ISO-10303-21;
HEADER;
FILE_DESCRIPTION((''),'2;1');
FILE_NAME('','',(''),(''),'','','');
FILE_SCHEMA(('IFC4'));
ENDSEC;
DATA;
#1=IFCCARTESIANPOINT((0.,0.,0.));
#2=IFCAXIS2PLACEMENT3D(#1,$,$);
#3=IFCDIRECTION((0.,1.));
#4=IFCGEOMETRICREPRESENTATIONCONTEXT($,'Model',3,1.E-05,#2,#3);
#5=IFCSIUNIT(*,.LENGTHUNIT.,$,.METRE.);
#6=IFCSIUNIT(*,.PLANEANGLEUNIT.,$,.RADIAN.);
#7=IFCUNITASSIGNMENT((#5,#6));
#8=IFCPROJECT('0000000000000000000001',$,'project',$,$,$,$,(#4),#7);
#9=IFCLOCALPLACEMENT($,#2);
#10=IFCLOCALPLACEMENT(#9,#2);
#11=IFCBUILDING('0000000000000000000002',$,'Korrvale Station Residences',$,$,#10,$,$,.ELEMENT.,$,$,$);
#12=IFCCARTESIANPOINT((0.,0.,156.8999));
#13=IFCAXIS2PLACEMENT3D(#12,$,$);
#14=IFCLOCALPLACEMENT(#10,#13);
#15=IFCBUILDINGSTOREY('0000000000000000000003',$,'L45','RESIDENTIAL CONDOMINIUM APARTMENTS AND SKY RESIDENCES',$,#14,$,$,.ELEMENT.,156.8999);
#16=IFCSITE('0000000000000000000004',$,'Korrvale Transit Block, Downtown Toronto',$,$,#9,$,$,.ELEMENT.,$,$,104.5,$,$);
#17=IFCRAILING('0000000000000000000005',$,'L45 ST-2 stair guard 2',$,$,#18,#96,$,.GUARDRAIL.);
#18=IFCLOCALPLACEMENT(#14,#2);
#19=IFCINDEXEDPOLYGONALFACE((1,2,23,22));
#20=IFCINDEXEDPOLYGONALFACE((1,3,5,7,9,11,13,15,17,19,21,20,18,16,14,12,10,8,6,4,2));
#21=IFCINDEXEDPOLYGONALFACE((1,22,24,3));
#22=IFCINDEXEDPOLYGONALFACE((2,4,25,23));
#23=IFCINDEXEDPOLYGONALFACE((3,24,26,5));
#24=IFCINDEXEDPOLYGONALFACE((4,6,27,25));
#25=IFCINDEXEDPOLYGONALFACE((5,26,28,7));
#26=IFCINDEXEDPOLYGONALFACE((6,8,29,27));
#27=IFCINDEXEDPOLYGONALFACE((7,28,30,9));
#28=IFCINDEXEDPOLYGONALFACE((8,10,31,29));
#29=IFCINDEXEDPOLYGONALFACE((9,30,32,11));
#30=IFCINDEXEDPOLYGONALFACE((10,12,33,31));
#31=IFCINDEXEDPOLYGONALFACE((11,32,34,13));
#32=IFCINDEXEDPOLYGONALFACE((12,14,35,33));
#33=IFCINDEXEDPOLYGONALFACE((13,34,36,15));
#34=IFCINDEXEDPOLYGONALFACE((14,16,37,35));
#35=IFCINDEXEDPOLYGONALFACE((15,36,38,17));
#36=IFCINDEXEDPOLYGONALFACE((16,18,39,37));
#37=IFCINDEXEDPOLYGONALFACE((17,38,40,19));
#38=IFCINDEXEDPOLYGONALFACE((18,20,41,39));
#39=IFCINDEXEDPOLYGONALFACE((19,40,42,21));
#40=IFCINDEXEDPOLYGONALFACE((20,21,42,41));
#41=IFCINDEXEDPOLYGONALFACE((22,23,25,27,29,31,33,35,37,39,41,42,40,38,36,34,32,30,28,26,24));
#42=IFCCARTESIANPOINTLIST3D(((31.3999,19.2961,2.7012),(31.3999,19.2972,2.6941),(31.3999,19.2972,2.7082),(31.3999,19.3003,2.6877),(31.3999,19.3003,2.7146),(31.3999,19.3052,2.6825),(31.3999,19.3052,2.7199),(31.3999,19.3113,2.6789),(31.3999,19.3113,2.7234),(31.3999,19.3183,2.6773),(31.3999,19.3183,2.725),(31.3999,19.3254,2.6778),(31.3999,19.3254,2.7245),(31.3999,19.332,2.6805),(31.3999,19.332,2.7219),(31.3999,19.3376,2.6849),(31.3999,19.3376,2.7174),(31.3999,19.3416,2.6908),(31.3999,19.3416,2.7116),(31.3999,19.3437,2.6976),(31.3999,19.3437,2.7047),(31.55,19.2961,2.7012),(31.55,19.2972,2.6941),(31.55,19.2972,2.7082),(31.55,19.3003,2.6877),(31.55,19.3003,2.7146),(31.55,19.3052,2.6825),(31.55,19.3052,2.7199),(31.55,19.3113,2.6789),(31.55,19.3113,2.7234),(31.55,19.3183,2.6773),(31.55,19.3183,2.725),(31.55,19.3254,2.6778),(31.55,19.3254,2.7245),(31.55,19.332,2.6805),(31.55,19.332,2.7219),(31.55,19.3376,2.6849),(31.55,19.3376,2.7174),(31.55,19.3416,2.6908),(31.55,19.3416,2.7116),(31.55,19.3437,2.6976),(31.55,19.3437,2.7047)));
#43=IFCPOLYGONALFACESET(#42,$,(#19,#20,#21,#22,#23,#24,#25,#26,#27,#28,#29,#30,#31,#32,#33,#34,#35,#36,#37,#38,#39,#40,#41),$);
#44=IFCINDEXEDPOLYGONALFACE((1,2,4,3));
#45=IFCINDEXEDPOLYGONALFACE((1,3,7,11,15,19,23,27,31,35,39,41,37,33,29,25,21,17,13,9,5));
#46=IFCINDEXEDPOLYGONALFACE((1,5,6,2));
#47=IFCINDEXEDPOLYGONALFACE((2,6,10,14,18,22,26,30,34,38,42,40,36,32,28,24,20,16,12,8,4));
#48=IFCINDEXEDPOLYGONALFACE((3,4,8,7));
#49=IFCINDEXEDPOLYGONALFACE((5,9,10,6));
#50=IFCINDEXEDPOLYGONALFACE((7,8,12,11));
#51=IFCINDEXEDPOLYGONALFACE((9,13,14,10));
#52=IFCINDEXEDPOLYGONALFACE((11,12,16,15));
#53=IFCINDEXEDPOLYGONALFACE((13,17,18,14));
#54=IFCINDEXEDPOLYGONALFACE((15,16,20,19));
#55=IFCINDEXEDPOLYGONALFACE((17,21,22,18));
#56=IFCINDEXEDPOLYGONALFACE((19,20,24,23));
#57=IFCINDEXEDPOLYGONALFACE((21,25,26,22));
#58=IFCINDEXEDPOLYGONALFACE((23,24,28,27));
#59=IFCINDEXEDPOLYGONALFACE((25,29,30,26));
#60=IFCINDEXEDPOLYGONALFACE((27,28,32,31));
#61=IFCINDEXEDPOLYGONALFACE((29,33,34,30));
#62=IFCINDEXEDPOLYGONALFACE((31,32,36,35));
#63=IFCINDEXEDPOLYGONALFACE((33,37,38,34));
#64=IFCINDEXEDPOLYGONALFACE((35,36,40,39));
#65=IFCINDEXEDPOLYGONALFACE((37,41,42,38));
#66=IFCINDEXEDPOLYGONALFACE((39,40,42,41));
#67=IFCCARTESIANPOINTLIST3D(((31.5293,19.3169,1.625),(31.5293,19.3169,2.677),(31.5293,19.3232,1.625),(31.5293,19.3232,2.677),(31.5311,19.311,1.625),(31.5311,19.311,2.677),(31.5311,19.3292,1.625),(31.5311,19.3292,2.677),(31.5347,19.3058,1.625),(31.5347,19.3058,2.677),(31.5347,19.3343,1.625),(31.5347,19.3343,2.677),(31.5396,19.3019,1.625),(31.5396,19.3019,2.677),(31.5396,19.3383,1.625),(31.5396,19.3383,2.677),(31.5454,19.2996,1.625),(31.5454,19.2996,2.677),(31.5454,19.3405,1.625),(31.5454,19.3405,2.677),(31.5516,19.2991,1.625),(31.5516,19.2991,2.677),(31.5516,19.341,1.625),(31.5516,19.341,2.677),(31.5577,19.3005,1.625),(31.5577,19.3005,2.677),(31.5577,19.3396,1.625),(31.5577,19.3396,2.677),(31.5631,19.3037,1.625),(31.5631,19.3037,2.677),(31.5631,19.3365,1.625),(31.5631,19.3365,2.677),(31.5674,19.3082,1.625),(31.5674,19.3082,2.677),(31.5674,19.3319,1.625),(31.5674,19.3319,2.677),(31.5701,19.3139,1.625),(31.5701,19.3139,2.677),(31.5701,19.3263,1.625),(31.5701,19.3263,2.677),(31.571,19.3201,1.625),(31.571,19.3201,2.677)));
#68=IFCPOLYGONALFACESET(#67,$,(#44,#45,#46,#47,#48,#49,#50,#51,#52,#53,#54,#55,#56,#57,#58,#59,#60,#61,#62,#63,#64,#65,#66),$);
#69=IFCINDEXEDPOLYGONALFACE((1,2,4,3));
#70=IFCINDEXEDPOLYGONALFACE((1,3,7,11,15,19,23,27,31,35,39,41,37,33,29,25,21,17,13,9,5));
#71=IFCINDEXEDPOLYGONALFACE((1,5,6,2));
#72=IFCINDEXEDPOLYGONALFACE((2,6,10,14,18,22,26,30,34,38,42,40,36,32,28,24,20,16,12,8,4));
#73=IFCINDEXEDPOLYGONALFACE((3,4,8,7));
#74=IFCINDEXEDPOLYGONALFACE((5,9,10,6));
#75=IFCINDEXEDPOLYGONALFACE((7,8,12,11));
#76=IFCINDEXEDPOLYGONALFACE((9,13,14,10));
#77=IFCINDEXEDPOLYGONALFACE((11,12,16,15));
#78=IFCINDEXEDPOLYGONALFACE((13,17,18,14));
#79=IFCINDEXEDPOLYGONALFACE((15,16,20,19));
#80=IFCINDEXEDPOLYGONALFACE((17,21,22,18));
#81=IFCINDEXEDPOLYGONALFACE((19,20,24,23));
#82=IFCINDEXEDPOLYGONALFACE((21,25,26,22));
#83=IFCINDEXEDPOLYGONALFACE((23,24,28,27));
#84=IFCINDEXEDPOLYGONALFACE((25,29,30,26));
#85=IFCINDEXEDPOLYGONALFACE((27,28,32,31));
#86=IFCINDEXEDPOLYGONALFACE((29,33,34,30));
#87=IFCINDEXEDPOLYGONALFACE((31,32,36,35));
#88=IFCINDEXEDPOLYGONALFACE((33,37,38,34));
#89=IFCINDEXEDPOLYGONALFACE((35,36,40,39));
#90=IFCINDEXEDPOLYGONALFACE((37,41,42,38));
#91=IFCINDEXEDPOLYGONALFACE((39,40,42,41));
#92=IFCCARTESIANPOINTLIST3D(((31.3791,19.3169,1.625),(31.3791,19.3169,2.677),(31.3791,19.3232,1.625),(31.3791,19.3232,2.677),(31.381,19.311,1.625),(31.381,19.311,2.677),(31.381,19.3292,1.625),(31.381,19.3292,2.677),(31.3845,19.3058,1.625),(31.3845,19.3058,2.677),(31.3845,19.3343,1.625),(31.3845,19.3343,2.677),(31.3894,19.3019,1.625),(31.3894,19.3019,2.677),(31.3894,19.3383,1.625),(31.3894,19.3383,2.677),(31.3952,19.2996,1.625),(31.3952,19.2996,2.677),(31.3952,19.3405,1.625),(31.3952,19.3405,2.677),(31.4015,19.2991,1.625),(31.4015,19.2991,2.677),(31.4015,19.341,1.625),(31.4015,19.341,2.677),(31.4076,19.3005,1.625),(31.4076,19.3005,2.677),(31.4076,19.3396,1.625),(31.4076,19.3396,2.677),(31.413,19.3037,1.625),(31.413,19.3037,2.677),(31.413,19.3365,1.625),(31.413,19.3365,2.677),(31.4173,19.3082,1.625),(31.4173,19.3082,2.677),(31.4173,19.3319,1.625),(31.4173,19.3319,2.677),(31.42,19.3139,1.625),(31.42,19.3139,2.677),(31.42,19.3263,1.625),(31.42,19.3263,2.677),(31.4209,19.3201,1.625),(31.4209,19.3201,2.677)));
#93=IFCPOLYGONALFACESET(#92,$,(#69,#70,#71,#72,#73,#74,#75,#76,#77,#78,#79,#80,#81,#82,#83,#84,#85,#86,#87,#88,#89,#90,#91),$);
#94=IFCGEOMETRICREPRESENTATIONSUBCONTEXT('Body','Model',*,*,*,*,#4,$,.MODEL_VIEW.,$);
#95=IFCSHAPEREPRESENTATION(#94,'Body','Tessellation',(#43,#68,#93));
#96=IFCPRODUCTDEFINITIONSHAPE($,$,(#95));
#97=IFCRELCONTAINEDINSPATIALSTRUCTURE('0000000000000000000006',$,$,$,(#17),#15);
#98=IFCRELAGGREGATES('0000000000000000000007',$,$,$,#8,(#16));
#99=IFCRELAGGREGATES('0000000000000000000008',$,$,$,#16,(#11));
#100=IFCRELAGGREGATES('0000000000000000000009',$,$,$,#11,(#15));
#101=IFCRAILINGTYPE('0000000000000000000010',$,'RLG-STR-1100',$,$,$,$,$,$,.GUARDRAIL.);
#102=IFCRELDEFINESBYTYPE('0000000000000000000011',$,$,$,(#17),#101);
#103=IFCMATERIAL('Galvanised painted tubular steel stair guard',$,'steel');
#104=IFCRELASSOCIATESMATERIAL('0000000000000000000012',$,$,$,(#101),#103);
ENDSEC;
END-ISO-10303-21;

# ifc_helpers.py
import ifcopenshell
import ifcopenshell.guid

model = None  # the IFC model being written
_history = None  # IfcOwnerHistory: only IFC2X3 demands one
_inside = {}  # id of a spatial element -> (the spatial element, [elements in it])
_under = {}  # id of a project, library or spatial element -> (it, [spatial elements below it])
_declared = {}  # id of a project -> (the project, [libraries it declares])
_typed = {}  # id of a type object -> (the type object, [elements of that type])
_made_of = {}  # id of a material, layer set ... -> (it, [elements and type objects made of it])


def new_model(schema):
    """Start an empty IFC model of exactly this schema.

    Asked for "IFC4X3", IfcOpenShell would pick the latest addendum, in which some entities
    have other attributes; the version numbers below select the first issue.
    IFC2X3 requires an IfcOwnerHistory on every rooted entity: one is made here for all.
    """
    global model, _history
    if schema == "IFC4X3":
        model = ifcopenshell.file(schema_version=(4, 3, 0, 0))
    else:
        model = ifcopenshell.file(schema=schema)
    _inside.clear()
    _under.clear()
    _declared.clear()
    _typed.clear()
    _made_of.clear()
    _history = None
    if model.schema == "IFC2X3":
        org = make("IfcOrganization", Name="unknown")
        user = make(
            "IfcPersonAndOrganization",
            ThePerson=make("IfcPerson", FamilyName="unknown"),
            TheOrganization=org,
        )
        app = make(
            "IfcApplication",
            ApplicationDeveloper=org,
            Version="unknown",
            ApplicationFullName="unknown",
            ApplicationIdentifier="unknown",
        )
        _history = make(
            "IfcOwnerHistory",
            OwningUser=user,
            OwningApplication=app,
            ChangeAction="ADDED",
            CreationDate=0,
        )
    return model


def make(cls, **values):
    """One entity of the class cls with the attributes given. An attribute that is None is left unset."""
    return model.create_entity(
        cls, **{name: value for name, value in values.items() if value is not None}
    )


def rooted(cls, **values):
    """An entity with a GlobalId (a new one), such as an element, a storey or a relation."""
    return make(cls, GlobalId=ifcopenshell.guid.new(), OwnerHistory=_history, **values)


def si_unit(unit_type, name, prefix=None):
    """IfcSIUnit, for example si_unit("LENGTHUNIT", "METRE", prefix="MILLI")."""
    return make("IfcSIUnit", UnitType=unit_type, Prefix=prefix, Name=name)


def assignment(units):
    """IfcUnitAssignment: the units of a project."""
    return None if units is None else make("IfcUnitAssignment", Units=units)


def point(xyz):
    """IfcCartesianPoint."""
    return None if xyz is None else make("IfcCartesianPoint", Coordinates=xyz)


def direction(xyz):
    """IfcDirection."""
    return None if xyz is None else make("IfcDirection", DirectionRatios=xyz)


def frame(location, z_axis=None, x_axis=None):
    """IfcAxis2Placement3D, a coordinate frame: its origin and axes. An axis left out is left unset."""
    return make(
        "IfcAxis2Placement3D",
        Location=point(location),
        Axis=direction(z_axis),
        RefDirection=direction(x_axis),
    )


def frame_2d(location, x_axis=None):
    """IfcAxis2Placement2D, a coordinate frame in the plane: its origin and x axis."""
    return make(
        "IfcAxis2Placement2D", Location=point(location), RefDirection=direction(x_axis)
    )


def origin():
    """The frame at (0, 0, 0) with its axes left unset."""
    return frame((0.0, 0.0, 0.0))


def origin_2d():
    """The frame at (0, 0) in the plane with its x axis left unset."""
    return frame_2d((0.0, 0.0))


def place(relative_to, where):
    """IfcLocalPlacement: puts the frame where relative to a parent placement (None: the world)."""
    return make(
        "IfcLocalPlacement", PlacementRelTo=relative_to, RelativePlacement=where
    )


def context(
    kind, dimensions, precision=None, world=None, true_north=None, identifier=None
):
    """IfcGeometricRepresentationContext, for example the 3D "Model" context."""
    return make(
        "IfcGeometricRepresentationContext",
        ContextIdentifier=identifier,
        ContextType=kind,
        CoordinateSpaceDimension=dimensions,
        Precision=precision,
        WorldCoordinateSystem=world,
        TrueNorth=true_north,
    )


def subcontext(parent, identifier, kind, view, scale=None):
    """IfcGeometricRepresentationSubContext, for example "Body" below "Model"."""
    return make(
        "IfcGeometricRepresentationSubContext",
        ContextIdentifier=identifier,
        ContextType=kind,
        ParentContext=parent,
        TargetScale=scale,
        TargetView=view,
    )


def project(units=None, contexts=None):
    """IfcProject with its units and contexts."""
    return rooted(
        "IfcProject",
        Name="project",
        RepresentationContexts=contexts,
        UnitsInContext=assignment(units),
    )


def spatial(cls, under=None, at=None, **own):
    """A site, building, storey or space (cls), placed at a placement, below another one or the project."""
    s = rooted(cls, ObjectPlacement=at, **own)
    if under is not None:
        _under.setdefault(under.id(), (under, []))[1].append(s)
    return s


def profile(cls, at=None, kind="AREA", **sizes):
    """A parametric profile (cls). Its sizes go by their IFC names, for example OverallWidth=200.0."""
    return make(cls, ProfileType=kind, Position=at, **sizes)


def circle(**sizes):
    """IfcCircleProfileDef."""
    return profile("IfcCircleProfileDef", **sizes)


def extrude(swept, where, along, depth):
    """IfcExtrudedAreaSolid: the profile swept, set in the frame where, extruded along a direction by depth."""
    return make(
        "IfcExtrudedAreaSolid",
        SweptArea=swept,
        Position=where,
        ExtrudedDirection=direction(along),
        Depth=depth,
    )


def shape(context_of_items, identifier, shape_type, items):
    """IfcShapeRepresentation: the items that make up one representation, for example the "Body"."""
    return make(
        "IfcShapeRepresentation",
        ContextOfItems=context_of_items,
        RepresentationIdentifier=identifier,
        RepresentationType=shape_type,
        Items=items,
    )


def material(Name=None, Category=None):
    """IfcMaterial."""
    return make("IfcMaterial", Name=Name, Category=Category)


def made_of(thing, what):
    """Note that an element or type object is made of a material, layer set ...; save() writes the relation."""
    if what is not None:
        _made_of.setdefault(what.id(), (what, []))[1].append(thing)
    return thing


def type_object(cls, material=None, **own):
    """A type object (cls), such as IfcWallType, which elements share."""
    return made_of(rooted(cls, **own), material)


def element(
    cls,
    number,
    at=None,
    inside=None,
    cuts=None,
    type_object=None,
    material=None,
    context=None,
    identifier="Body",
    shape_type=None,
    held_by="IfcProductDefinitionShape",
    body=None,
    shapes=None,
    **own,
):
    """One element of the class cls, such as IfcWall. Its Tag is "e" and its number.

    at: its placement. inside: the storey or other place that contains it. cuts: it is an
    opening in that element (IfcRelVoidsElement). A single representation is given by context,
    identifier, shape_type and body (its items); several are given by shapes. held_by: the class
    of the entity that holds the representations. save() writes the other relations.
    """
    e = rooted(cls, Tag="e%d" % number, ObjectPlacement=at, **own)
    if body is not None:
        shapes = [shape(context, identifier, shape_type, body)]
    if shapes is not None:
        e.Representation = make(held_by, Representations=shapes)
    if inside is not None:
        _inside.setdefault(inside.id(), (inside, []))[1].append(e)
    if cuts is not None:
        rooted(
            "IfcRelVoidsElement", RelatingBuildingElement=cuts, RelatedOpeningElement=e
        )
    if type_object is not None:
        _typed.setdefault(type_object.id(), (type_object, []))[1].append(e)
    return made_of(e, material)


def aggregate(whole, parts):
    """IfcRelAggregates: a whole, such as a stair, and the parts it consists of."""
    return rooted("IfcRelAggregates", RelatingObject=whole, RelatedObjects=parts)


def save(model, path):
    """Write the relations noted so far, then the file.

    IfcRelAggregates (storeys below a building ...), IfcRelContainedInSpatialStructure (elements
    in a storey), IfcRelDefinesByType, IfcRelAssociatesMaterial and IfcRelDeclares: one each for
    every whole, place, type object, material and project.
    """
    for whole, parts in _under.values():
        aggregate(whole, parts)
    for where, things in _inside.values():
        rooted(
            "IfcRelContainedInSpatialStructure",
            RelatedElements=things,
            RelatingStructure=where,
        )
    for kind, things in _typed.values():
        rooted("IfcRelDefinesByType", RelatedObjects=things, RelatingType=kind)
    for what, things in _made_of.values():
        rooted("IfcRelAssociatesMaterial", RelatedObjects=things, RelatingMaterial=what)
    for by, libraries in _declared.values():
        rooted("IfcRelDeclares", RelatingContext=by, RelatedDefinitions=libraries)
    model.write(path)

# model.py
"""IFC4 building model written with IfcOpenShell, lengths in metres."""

from ifc_helpers import new_model, si_unit, direction, frame, origin, origin_2d, place, context, subcontext, project, spatial, circle, extrude, material, type_object, element, save


model = new_model("IFC4")

# Units and contexts
model_context = context("Model", 3, precision=1e-05, world=origin(), true_north=direction((0.0, 1.0)))
body_context = subcontext(model_context, "Body", "Model", "MODEL_VIEW")
ifc_project = project(units=[si_unit("LENGTHUNIT", "METRE"), si_unit("PLANEANGLEUNIT", "RADIAN")], contexts=[model_context])

# Site, building, storey
site_placement = place(None, origin())
site = spatial("IfcSite", under=ifc_project, at=site_placement, Name="Korrvale Transit Block, Downtown Toronto", CompositionType="ELEMENT", RefElevation=104.5)
building_placement = place(site_placement, origin())
building = spatial("IfcBuilding", under=site, at=building_placement, Name="Korrvale Station Residences", CompositionType="ELEMENT")
storey_placement = place(building_placement, frame((0.0, 0.0, 156.8999)))
storey = spatial("IfcBuildingStorey", under=building, at=storey_placement, Name="L45", Description="RESIDENTIAL CONDOMINIUM APARTMENTS AND SKY RESIDENCES", CompositionType="ELEMENT", Elevation=156.8999)

# Railing
ifc_material_1 = material(Name="Galvanised painted tubular steel stair guard", Category="steel")
railing_type_1 = type_object("IfcRailingType", Name="RLG-STR-1100", PredefinedType="GUARDRAIL", material=ifc_material_1)
railing_1_placement = place(storey_placement, frame((31.55, 19.3201, 1.625)))
element("IfcRailing", 1, at=railing_1_placement, inside=storey, type_object=railing_type_1, Name="L45 ST-2 stair guard 2", PredefinedType="GUARDRAIL", context=body_context, shape_type="SweptSolid", body=[
    extrude(circle(Radius=0.0239, at=origin_2d()), frame((0.0, 0.0, 1.0762), z_axis=(-1.0, 0.0, 0.0), x_axis=(0.0, -1.0, 0.0)), (0.0, 0.0, 1.0), 0.1501),
    extrude(circle(Radius=0.021, at=origin_2d()), origin(), (0.0, 0.0, 1.0), 1.052),
    extrude(circle(Radius=0.021, at=origin_2d()), frame((-0.1501, 0.0, 0.0)), (0.0, 0.0, 1.0), 1.052),
])

save(model, "model.ifc")
